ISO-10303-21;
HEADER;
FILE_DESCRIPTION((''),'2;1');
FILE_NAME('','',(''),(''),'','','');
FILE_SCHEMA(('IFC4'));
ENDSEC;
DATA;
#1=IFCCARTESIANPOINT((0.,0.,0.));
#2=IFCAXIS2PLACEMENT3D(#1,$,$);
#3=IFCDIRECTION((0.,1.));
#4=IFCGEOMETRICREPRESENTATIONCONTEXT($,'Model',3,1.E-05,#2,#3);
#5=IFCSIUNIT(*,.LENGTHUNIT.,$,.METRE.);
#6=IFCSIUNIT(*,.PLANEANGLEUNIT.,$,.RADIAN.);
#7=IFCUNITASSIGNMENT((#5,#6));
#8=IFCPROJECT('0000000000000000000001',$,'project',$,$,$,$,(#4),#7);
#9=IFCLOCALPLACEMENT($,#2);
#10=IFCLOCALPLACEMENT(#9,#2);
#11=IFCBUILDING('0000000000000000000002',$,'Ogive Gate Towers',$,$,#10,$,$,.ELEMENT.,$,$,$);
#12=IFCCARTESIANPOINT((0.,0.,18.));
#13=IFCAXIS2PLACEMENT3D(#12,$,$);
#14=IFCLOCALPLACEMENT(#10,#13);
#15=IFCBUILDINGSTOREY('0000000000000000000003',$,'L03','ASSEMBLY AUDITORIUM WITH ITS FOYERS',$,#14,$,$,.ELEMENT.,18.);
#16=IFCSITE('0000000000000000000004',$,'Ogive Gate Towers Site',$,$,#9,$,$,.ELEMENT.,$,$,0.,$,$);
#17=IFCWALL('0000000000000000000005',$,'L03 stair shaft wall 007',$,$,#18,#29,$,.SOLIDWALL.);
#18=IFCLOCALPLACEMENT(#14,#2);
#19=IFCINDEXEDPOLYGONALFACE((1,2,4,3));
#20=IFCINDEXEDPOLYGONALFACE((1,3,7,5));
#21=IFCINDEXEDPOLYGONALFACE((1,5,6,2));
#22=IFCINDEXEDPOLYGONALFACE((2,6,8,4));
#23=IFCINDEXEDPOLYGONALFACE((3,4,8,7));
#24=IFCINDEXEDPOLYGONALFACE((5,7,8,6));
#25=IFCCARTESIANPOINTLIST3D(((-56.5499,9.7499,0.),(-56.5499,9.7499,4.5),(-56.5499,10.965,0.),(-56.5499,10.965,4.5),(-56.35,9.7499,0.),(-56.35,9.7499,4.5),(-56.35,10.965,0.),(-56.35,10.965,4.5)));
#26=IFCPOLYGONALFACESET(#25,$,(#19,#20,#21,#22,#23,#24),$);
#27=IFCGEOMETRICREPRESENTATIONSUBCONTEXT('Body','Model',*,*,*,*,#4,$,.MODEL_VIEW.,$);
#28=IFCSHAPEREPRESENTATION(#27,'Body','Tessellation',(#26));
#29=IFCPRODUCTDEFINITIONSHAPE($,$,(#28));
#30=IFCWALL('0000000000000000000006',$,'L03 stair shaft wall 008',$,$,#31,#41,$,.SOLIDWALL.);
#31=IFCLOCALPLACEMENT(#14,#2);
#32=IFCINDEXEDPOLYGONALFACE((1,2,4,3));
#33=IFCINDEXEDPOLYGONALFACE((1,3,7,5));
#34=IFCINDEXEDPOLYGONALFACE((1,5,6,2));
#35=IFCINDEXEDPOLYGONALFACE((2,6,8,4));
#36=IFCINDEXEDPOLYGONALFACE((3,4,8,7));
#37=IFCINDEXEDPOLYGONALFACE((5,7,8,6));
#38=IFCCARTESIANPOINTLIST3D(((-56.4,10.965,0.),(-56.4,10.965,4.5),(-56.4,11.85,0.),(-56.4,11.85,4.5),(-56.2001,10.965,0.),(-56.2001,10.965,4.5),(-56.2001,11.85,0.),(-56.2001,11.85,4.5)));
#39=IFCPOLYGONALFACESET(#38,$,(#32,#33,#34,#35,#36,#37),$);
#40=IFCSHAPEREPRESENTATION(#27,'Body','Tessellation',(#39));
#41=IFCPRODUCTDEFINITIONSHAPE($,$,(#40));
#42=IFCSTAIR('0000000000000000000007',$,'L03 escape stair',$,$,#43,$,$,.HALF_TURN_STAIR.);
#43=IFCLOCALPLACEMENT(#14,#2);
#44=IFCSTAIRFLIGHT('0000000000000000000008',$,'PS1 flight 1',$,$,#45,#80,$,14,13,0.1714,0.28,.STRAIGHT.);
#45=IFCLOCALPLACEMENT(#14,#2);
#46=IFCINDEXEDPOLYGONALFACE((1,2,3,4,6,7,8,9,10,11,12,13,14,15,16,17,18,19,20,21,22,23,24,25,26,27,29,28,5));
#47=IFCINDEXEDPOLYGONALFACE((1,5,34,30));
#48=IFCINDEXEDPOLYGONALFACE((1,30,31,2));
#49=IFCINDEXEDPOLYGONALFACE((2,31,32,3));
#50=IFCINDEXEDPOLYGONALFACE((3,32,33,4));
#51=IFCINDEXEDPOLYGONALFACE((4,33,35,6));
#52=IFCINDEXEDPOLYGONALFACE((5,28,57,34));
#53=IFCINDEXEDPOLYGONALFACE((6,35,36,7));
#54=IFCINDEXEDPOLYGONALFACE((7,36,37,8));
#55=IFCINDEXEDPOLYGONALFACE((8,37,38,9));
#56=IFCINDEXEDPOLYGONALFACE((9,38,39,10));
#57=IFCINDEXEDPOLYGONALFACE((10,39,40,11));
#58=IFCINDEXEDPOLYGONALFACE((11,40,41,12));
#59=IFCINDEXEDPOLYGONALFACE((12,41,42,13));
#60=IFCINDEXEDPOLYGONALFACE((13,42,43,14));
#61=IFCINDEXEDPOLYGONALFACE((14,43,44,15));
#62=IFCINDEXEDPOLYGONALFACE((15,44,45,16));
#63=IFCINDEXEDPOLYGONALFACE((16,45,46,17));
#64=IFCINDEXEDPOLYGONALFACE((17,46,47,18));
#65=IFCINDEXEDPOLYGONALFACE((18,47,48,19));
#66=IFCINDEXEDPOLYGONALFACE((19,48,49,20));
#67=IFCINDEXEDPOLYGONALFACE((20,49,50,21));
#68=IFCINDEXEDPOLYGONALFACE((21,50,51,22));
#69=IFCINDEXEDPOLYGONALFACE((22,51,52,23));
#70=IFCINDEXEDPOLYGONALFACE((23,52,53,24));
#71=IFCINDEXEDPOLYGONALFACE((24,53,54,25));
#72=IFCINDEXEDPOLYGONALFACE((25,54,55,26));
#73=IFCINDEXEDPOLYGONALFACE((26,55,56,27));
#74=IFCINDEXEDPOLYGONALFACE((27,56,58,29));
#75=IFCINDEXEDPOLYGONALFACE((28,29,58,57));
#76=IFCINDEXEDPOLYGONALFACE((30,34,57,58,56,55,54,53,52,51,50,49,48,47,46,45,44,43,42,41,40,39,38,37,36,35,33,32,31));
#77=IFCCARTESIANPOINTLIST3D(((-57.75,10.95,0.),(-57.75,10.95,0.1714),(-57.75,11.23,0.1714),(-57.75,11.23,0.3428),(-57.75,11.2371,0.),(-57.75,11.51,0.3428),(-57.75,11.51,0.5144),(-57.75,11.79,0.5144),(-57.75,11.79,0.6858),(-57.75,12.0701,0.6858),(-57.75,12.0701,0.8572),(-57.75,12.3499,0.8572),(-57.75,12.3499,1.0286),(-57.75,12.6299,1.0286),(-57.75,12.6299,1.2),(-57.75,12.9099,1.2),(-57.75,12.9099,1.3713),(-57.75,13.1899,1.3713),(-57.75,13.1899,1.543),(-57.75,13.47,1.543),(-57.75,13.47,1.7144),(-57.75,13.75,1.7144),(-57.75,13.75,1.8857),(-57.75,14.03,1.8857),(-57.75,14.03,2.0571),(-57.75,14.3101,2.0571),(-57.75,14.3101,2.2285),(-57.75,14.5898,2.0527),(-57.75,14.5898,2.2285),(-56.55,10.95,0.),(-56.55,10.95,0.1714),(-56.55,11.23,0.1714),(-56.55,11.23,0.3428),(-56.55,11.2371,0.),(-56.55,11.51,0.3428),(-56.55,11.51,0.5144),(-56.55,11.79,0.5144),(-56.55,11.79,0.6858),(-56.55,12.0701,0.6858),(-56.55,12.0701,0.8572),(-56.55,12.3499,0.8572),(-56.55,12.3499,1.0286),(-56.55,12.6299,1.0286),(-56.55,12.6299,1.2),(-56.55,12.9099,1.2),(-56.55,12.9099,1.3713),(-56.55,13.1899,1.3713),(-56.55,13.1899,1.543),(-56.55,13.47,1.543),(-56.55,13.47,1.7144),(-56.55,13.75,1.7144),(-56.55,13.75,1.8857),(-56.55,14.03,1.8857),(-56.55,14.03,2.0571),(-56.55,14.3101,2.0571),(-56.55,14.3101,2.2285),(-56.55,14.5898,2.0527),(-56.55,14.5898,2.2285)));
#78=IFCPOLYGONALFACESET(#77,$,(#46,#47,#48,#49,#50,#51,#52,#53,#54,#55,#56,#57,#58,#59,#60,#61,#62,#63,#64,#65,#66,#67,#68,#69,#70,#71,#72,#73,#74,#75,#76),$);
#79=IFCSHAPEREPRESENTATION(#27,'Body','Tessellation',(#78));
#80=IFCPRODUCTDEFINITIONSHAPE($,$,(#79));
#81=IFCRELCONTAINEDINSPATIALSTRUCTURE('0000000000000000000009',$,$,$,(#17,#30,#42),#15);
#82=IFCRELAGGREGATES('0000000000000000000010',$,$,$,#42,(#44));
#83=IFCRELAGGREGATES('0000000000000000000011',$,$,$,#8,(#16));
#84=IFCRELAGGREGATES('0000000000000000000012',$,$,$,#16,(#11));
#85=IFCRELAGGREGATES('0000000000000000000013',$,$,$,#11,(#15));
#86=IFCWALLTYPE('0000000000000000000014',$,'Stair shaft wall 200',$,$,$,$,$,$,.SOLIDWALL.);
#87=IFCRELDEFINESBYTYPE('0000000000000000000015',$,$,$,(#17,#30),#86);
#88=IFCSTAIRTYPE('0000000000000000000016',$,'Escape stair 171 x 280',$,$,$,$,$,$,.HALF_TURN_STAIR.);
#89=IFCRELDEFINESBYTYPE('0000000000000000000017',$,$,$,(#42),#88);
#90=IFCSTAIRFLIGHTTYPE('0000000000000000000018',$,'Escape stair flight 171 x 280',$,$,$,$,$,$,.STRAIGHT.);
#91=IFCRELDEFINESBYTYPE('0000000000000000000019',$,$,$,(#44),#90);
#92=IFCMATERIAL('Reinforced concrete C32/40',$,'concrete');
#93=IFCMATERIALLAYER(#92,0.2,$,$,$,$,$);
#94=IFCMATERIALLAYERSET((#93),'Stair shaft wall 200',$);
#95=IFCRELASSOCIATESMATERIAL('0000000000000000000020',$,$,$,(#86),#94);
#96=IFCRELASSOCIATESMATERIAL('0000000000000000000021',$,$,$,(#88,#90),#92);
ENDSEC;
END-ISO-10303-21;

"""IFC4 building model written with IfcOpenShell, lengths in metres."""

from ifc_helpers import new_model, si_unit, direction, frame, frame_2d, origin, place, context, subcontext, project, spatial, polyline, rectangle, outline, extrude, material, layer, layer_set, type_object, element, aggregate, save


model = new_model("IFC4")

# Units and contexts
model_context = context("Model", 3, precision=1e-05, world=origin(), true_north=direction((0.0, 1.0)))
body_context = subcontext(model_context, "Body", "Model", "MODEL_VIEW")
ifc_project = project(units=[si_unit("LENGTHUNIT", "METRE"), si_unit("PLANEANGLEUNIT", "RADIAN")], contexts=[model_context])

# Site, building, storey
site_placement = place(None, origin())
site = spatial("IfcSite", under=ifc_project, at=site_placement, Name="Ogive Gate Towers Site", CompositionType="ELEMENT", RefElevation=0.0)
building_placement = place(site_placement, origin())
building = spatial("IfcBuilding", under=site, at=building_placement, Name="Ogive Gate Towers", CompositionType="ELEMENT")
storey_placement = place(building_placement, frame((0.0, 0.0, 18.0)))
storey = spatial("IfcBuildingStorey", under=building, at=storey_placement, Name="L03", Description="ASSEMBLY AUDITORIUM WITH ITS FOYERS", CompositionType="ELEMENT", Elevation=18.0)

# Walls
ifc_material_1 = material(Name="Reinforced concrete C32/40", Category="concrete")
ifc_layer_1 = layer(ifc_material_1, 0.2)
ifc_layer_set_1 = layer_set([ifc_layer_1], Name="Stair shaft wall 200")
wall_type_1 = type_object("IfcWallType", Name="Stair shaft wall 200", PredefinedType="SOLIDWALL", material=ifc_layer_set_1)
wall_1_placement = place(storey_placement, frame((-56.45, 9.75, 0.0), z_axis=(0.0, 0.0, 1.0), x_axis=(0.0, 1.0, 0.0)))
element("IfcWall", 1, at=wall_1_placement, inside=storey, type_object=wall_type_1, Name="L03 stair shaft wall 007", PredefinedType="SOLIDWALL", context=body_context, shape_type="SweptSolid", body=[
    extrude(rectangle(XDim=1.2151, YDim=0.2, at=frame_2d((0.6074, 0.0))), origin(), (0.0, 0.0, 1.0), 4.5),
])
wall_2_placement = place(storey_placement, frame((-56.3, 10.9651, 0.0), z_axis=(0.0, 0.0, 1.0), x_axis=(0.0, 1.0, 0.0)))
element("IfcWall", 2, at=wall_2_placement, inside=storey, type_object=wall_type_1, Name="L03 stair shaft wall 008", PredefinedType="SOLIDWALL", context=body_context, shape_type="SweptSolid", body=[
    extrude(rectangle(XDim=0.885, YDim=0.2, at=frame_2d((0.4424, 0.0))), origin(), (0.0, 0.0, 1.0), 4.5),
])

# Stair, stair flight
stair_type = type_object("IfcStairType", Name="Escape stair 171 x 280", PredefinedType="HALF_TURN_STAIR", material=ifc_material_1)
stair_placement = place(storey_placement, origin())
stair = element("IfcStair", 3, at=stair_placement, inside=storey, type_object=stair_type, Name="L03 escape stair", PredefinedType="HALF_TURN_STAIR")
stair_flight_type = type_object("IfcStairFlightType", Name="Escape stair flight 171 x 280", PredefinedType="STRAIGHT", material=ifc_material_1)
stair_flight_placement = place(storey_placement, frame((-57.1499, 10.95, 0.0), z_axis=(0.0, 0.0, 1.0), x_axis=(0.0, 1.0, 0.0)))
stair_flight = element("IfcStairFlight", 4, at=stair_flight_placement, type_object=stair_flight_type, Name="PS1 flight 1", NumberOfRisers=14, NumberOfTreads=13, PredefinedType="STRAIGHT", RiserHeight=0.1714, TreadLength=0.28, context=body_context, shape_type="SweptSolid", body=[
    extrude(outline(polyline([(0.0, 0.0), (0.0, 0.1714), (0.28, 0.1714), (0.28, 0.3428), (0.5601, 0.3428), (0.5601, 0.5144), (0.8401, 0.5144), (0.8401, 0.6858), (1.1201, 0.6858), (1.1201, 0.8572), (1.3999, 0.8572), (1.3999, 1.0286), (1.6799, 1.0286), (1.6799, 1.2), (1.96, 1.2), (1.96, 1.3713), (2.24, 1.3713), (2.24, 1.543), (2.52, 1.543), (2.52, 1.7144), (2.8, 1.7144), (2.8, 1.8857), (3.0801, 1.8857), (3.0801, 2.0571), (3.3601, 2.0571), (3.3601, 2.2285), (3.6399, 2.2285), (3.6399, 2.3999), (3.6399, 2.0527), (0.2871, 0.0), (0.0, 0.0)])), frame((0.0, 0.6001, 0.0), z_axis=(0.0, -1.0, 0.0), x_axis=(1.0, 0.0, 0.0)), (0.0, 0.0, 1.0), 1.2),
])
aggregate(stair, [stair_flight])

save(model, "model.ifc")
